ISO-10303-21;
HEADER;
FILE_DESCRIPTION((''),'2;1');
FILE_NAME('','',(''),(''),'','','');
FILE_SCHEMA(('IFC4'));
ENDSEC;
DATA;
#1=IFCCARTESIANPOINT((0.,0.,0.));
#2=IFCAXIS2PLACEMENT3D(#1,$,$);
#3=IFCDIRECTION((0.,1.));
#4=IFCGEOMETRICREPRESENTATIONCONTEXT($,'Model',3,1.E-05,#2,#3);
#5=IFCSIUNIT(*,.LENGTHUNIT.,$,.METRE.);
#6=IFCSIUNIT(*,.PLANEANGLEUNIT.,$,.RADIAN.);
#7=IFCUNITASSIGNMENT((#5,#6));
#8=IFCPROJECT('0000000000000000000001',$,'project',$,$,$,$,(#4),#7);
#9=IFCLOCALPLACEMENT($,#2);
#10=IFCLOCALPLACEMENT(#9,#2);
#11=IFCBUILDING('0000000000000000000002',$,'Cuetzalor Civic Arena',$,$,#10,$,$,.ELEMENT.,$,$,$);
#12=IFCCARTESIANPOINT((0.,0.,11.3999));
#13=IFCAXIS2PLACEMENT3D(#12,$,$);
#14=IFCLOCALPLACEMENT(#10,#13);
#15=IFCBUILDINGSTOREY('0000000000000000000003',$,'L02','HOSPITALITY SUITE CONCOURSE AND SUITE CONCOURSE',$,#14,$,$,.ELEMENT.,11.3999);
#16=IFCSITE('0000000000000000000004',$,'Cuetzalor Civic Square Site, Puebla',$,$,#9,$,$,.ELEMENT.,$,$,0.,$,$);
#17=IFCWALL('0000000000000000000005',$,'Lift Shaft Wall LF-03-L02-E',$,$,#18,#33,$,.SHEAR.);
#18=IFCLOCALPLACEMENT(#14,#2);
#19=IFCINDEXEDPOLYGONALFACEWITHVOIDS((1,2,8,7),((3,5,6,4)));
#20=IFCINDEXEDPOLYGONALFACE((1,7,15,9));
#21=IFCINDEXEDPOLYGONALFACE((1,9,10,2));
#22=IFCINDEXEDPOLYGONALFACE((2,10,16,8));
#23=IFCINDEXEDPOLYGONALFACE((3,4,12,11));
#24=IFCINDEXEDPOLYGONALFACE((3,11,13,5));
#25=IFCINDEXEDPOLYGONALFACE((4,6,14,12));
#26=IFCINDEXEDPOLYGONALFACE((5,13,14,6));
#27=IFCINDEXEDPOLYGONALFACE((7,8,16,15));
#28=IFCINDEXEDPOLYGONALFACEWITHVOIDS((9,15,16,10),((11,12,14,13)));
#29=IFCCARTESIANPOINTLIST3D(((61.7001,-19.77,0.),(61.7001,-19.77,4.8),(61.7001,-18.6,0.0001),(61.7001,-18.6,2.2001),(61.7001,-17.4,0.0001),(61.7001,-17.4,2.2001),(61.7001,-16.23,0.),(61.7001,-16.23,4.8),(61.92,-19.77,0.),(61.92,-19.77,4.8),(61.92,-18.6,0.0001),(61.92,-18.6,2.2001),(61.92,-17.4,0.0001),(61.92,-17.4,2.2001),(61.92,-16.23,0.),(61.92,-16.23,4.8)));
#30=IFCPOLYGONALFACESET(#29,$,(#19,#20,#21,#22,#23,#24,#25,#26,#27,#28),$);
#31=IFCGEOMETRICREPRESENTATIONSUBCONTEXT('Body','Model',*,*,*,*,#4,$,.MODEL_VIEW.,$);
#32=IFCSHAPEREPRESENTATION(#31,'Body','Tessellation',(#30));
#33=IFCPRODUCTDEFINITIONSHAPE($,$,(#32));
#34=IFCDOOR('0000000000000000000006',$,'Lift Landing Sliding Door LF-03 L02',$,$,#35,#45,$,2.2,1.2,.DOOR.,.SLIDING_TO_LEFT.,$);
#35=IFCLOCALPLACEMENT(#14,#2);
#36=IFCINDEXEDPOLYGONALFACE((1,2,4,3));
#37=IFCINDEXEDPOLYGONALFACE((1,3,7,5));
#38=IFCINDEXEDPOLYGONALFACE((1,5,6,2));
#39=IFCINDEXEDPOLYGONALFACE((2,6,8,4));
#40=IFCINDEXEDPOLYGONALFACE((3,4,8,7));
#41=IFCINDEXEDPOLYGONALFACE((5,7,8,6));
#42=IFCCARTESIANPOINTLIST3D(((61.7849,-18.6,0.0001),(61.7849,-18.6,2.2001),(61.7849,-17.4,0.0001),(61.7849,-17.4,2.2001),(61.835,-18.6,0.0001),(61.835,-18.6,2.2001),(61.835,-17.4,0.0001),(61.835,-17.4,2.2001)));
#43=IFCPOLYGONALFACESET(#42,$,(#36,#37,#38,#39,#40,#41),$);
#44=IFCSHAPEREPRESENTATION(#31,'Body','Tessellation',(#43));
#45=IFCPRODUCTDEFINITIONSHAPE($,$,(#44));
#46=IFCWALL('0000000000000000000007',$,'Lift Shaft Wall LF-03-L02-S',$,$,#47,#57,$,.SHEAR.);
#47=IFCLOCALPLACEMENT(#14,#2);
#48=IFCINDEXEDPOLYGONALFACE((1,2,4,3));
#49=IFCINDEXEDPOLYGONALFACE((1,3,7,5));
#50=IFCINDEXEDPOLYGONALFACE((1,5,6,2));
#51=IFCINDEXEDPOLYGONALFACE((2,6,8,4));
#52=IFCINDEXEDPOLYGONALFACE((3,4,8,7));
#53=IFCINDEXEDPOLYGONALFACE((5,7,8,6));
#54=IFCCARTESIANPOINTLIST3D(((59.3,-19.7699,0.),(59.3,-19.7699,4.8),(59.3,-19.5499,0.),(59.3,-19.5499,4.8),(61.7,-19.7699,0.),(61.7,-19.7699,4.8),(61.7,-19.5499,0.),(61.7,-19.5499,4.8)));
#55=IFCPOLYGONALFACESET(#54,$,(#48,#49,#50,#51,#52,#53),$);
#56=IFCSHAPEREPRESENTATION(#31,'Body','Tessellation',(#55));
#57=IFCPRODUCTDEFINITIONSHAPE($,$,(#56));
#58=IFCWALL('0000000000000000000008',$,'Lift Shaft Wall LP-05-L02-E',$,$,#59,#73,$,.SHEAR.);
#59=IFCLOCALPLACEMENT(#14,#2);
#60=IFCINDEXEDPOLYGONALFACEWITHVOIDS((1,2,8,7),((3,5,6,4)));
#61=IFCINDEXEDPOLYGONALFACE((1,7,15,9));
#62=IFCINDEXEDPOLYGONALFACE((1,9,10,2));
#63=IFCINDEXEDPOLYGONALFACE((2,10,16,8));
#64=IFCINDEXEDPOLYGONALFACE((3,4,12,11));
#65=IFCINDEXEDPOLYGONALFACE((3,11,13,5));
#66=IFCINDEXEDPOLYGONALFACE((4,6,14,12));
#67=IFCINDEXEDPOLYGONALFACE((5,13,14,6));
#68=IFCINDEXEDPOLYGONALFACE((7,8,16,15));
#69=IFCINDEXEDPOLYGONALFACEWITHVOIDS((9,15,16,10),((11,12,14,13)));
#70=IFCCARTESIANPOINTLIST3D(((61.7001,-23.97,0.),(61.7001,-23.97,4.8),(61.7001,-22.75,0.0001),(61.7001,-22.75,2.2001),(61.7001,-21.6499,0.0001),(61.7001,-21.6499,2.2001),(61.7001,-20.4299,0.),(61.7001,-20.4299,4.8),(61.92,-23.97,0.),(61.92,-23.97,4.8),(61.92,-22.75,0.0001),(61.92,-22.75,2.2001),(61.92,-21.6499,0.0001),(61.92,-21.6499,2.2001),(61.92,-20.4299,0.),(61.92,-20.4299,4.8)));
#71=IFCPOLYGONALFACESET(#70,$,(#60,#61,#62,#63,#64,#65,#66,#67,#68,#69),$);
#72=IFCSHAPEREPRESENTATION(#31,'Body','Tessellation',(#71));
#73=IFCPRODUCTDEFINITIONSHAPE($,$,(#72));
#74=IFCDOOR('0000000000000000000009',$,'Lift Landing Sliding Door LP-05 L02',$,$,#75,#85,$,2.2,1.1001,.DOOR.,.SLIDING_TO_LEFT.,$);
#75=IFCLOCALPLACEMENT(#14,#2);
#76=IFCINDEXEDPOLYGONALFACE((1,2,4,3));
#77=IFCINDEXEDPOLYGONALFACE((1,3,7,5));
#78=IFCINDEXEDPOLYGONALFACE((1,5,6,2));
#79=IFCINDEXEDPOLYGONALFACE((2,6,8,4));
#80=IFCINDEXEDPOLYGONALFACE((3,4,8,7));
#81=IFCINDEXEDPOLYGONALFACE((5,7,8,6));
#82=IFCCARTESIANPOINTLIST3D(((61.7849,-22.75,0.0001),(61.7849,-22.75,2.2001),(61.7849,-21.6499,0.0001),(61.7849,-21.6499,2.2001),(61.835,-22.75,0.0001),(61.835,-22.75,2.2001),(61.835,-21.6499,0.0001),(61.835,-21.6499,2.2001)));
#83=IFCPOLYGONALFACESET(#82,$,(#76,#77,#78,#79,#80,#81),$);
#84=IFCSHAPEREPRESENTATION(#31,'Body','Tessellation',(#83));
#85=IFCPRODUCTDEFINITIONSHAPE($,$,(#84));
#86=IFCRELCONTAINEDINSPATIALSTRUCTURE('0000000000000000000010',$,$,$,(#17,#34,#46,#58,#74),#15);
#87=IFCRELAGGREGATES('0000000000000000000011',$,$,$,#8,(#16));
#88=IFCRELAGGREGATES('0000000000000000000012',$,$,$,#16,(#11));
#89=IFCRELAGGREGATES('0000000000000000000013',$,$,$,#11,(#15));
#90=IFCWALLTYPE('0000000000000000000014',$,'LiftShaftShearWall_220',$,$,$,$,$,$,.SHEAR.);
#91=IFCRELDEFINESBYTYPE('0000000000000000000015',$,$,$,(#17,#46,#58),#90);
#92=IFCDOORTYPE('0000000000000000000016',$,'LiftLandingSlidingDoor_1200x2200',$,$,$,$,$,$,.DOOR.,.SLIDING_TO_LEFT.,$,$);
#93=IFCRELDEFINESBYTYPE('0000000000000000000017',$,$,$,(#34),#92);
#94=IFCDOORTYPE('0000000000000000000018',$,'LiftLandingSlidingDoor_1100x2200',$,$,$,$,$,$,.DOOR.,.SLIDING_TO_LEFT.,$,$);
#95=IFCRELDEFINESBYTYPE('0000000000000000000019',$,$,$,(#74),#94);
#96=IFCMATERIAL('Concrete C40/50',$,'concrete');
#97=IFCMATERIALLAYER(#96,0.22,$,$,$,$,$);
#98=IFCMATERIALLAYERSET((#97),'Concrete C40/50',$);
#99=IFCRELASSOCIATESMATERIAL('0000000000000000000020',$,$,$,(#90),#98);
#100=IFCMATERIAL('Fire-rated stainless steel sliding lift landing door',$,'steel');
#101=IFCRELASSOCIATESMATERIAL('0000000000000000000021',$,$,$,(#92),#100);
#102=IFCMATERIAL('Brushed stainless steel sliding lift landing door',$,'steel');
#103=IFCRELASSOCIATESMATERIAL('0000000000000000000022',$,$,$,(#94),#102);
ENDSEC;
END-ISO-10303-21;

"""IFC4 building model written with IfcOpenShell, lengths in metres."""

from ifc_helpers import new_model, si_unit, direction, frame, frame_2d, origin, place, context, subcontext, project, spatial, rectangle, extrude, material, layer, layer_set, type_object, element, fill, save


model = new_model("IFC4")

# Units and contexts
model_context = context("Model", 3, precision=1e-05, world=origin(), true_north=direction((0.0, 1.0)))
body_context = subcontext(model_context, "Body", "Model", "MODEL_VIEW")
ifc_project = project(units=[si_unit("LENGTHUNIT", "METRE"), si_unit("PLANEANGLEUNIT", "RADIAN")], contexts=[model_context])

# Site, building, storey
site_placement = place(None, origin())
site = spatial("IfcSite", under=ifc_project, at=site_placement, Name="Cuetzalor Civic Square Site, Puebla", CompositionType="ELEMENT", RefElevation=0.0)
building_placement = place(site_placement, origin())
building = spatial("IfcBuilding", under=site, at=building_placement, Name="Cuetzalor Civic Arena", CompositionType="ELEMENT")
storey_placement = place(building_placement, frame((0.0, 0.0, 11.3999)))
storey = spatial("IfcBuildingStorey", under=building, at=storey_placement, Name="L02", Description="HOSPITALITY SUITE CONCOURSE AND SUITE CONCOURSE", CompositionType="ELEMENT", Elevation=11.3999)

# Shared definitions
ifc_material_1 = material(Name="Concrete C40/50", Category="concrete")
ifc_layer_1 = layer(ifc_material_1, 0.22)
ifc_layer_set_1 = layer_set([ifc_layer_1], Name="Concrete C40/50")
wall_type_1 = type_object("IfcWallType", Name="LiftShaftShearWall_220", PredefinedType="SHEAR", material=ifc_layer_set_1)

# Wall, opening, door
wall_1_placement = place(storey_placement, frame((61.8101, -16.23, 0.0), z_axis=(0.0, 0.0, 1.0), x_axis=(0.0, -1.0, 0.0)))
wall_1 = element("IfcWall", 1, at=wall_1_placement, inside=storey, type_object=wall_type_1, Name="Lift Shaft Wall LF-03-L02-E", PredefinedType="SHEAR", context=body_context, shape_type="SweptSolid", body=[
    extrude(rectangle(XDim=3.54, YDim=0.22, at=frame_2d((1.77, 0.0))), origin(), (0.0, 0.0, 1.0), 4.8),
])
opening_1_placement = place(wall_1_placement, frame((1.1699, 0.0, 0.0)))
opening_1 = element("IfcOpeningElement", 2, at=opening_1_placement, cuts=wall_1, PredefinedType="OPENING", context=body_context, shape_type="SweptSolid", body=[
    extrude(rectangle(XDim=1.2, YDim=2.2, at=frame_2d((0.6001, 1.1001))), frame((0.0, 0.1201, 0.0), z_axis=(0.0, -1.0, 0.0), x_axis=(1.0, 0.0, 0.0)), (0.0, 0.0, 1.0), 0.24),
])
ifc_material_2 = material(Name="Fire-rated stainless steel sliding lift landing door", Category="steel")
door_type_1 = type_object("IfcDoorType", Name="LiftLandingSlidingDoor_1200x2200", OperationType="SLIDING_TO_LEFT", PredefinedType="DOOR", material=ifc_material_2)
door_1_placement = place(opening_1_placement, origin())
door_1 = element("IfcDoor", 3, at=door_1_placement, inside=storey, type_object=door_type_1, Name="Lift Landing Sliding Door LF-03 L02", OperationType="SLIDING_TO_LEFT", OverallHeight=2.2, OverallWidth=1.2, PredefinedType="DOOR", context=body_context, shape_type="SweptSolid", body=[
    extrude(rectangle(XDim=1.2, YDim=2.2, at=frame_2d((0.6001, 1.1001))), frame((0.0, 0.0249, 0.0), z_axis=(0.0, -1.0, 0.0), x_axis=(1.0, 0.0, 0.0)), (0.0, 0.0, 1.0), 0.05),
])
fill(opening_1, door_1)

# Wall
wall_2_placement = place(storey_placement, frame((61.7, -19.6599, 0.0), z_axis=(0.0, 0.0, 1.0), x_axis=(-1.0, 0.0, 0.0)))
element("IfcWall", 4, at=wall_2_placement, inside=storey, type_object=wall_type_1, Name="Lift Shaft Wall LF-03-L02-S", PredefinedType="SHEAR", context=body_context, shape_type="SweptSolid", body=[
    extrude(rectangle(XDim=2.3999, YDim=0.22, at=frame_2d((1.2, 0.0))), origin(), (0.0, 0.0, 1.0), 4.8),
])

# Wall, opening, door
wall_3_placement = place(storey_placement, frame((61.8101, -20.4299, 0.0), z_axis=(0.0, 0.0, 1.0), x_axis=(0.0, -1.0, 0.0)))
wall_3 = element("IfcWall", 5, at=wall_3_placement, inside=storey, type_object=wall_type_1, Name="Lift Shaft Wall LP-05-L02-E", PredefinedType="SHEAR", context=body_context, shape_type="SweptSolid", body=[
    extrude(rectangle(XDim=3.54, YDim=0.22, at=frame_2d((1.77, 0.0))), origin(), (0.0, 0.0, 1.0), 4.8),
])
opening_2_placement = place(wall_3_placement, frame((1.22, 0.0, 0.0)))
opening_2 = element("IfcOpeningElement", 6, at=opening_2_placement, cuts=wall_3, PredefinedType="OPENING", context=body_context, shape_type="SweptSolid", body=[
    extrude(rectangle(XDim=1.1001, YDim=2.2, at=frame_2d((0.55, 1.1001))), frame((0.0, 0.1201, 0.0), z_axis=(0.0, -1.0, 0.0), x_axis=(1.0, 0.0, 0.0)), (0.0, 0.0, 1.0), 0.24),
])
ifc_material_3 = material(Name="Brushed stainless steel sliding lift landing door", Category="steel")
door_type_2 = type_object("IfcDoorType", Name="LiftLandingSlidingDoor_1100x2200", OperationType="SLIDING_TO_LEFT", PredefinedType="DOOR", material=ifc_material_3)
door_2_placement = place(opening_2_placement, origin())
door_2 = element("IfcDoor", 7, at=door_2_placement, inside=storey, type_object=door_type_2, Name="Lift Landing Sliding Door LP-05 L02", OperationType="SLIDING_TO_LEFT", OverallHeight=2.2, OverallWidth=1.1001, PredefinedType="DOOR", context=body_context, shape_type="SweptSolid", body=[
    extrude(rectangle(XDim=1.1001, YDim=2.2, at=frame_2d((0.55, 1.1001))), frame((0.0, 0.0249, 0.0), z_axis=(0.0, -1.0, 0.0), x_axis=(1.0, 0.0, 0.0)), (0.0, 0.0, 1.0), 0.05),
])
fill(opening_2, door_2)

save(model, "model.ifc")
